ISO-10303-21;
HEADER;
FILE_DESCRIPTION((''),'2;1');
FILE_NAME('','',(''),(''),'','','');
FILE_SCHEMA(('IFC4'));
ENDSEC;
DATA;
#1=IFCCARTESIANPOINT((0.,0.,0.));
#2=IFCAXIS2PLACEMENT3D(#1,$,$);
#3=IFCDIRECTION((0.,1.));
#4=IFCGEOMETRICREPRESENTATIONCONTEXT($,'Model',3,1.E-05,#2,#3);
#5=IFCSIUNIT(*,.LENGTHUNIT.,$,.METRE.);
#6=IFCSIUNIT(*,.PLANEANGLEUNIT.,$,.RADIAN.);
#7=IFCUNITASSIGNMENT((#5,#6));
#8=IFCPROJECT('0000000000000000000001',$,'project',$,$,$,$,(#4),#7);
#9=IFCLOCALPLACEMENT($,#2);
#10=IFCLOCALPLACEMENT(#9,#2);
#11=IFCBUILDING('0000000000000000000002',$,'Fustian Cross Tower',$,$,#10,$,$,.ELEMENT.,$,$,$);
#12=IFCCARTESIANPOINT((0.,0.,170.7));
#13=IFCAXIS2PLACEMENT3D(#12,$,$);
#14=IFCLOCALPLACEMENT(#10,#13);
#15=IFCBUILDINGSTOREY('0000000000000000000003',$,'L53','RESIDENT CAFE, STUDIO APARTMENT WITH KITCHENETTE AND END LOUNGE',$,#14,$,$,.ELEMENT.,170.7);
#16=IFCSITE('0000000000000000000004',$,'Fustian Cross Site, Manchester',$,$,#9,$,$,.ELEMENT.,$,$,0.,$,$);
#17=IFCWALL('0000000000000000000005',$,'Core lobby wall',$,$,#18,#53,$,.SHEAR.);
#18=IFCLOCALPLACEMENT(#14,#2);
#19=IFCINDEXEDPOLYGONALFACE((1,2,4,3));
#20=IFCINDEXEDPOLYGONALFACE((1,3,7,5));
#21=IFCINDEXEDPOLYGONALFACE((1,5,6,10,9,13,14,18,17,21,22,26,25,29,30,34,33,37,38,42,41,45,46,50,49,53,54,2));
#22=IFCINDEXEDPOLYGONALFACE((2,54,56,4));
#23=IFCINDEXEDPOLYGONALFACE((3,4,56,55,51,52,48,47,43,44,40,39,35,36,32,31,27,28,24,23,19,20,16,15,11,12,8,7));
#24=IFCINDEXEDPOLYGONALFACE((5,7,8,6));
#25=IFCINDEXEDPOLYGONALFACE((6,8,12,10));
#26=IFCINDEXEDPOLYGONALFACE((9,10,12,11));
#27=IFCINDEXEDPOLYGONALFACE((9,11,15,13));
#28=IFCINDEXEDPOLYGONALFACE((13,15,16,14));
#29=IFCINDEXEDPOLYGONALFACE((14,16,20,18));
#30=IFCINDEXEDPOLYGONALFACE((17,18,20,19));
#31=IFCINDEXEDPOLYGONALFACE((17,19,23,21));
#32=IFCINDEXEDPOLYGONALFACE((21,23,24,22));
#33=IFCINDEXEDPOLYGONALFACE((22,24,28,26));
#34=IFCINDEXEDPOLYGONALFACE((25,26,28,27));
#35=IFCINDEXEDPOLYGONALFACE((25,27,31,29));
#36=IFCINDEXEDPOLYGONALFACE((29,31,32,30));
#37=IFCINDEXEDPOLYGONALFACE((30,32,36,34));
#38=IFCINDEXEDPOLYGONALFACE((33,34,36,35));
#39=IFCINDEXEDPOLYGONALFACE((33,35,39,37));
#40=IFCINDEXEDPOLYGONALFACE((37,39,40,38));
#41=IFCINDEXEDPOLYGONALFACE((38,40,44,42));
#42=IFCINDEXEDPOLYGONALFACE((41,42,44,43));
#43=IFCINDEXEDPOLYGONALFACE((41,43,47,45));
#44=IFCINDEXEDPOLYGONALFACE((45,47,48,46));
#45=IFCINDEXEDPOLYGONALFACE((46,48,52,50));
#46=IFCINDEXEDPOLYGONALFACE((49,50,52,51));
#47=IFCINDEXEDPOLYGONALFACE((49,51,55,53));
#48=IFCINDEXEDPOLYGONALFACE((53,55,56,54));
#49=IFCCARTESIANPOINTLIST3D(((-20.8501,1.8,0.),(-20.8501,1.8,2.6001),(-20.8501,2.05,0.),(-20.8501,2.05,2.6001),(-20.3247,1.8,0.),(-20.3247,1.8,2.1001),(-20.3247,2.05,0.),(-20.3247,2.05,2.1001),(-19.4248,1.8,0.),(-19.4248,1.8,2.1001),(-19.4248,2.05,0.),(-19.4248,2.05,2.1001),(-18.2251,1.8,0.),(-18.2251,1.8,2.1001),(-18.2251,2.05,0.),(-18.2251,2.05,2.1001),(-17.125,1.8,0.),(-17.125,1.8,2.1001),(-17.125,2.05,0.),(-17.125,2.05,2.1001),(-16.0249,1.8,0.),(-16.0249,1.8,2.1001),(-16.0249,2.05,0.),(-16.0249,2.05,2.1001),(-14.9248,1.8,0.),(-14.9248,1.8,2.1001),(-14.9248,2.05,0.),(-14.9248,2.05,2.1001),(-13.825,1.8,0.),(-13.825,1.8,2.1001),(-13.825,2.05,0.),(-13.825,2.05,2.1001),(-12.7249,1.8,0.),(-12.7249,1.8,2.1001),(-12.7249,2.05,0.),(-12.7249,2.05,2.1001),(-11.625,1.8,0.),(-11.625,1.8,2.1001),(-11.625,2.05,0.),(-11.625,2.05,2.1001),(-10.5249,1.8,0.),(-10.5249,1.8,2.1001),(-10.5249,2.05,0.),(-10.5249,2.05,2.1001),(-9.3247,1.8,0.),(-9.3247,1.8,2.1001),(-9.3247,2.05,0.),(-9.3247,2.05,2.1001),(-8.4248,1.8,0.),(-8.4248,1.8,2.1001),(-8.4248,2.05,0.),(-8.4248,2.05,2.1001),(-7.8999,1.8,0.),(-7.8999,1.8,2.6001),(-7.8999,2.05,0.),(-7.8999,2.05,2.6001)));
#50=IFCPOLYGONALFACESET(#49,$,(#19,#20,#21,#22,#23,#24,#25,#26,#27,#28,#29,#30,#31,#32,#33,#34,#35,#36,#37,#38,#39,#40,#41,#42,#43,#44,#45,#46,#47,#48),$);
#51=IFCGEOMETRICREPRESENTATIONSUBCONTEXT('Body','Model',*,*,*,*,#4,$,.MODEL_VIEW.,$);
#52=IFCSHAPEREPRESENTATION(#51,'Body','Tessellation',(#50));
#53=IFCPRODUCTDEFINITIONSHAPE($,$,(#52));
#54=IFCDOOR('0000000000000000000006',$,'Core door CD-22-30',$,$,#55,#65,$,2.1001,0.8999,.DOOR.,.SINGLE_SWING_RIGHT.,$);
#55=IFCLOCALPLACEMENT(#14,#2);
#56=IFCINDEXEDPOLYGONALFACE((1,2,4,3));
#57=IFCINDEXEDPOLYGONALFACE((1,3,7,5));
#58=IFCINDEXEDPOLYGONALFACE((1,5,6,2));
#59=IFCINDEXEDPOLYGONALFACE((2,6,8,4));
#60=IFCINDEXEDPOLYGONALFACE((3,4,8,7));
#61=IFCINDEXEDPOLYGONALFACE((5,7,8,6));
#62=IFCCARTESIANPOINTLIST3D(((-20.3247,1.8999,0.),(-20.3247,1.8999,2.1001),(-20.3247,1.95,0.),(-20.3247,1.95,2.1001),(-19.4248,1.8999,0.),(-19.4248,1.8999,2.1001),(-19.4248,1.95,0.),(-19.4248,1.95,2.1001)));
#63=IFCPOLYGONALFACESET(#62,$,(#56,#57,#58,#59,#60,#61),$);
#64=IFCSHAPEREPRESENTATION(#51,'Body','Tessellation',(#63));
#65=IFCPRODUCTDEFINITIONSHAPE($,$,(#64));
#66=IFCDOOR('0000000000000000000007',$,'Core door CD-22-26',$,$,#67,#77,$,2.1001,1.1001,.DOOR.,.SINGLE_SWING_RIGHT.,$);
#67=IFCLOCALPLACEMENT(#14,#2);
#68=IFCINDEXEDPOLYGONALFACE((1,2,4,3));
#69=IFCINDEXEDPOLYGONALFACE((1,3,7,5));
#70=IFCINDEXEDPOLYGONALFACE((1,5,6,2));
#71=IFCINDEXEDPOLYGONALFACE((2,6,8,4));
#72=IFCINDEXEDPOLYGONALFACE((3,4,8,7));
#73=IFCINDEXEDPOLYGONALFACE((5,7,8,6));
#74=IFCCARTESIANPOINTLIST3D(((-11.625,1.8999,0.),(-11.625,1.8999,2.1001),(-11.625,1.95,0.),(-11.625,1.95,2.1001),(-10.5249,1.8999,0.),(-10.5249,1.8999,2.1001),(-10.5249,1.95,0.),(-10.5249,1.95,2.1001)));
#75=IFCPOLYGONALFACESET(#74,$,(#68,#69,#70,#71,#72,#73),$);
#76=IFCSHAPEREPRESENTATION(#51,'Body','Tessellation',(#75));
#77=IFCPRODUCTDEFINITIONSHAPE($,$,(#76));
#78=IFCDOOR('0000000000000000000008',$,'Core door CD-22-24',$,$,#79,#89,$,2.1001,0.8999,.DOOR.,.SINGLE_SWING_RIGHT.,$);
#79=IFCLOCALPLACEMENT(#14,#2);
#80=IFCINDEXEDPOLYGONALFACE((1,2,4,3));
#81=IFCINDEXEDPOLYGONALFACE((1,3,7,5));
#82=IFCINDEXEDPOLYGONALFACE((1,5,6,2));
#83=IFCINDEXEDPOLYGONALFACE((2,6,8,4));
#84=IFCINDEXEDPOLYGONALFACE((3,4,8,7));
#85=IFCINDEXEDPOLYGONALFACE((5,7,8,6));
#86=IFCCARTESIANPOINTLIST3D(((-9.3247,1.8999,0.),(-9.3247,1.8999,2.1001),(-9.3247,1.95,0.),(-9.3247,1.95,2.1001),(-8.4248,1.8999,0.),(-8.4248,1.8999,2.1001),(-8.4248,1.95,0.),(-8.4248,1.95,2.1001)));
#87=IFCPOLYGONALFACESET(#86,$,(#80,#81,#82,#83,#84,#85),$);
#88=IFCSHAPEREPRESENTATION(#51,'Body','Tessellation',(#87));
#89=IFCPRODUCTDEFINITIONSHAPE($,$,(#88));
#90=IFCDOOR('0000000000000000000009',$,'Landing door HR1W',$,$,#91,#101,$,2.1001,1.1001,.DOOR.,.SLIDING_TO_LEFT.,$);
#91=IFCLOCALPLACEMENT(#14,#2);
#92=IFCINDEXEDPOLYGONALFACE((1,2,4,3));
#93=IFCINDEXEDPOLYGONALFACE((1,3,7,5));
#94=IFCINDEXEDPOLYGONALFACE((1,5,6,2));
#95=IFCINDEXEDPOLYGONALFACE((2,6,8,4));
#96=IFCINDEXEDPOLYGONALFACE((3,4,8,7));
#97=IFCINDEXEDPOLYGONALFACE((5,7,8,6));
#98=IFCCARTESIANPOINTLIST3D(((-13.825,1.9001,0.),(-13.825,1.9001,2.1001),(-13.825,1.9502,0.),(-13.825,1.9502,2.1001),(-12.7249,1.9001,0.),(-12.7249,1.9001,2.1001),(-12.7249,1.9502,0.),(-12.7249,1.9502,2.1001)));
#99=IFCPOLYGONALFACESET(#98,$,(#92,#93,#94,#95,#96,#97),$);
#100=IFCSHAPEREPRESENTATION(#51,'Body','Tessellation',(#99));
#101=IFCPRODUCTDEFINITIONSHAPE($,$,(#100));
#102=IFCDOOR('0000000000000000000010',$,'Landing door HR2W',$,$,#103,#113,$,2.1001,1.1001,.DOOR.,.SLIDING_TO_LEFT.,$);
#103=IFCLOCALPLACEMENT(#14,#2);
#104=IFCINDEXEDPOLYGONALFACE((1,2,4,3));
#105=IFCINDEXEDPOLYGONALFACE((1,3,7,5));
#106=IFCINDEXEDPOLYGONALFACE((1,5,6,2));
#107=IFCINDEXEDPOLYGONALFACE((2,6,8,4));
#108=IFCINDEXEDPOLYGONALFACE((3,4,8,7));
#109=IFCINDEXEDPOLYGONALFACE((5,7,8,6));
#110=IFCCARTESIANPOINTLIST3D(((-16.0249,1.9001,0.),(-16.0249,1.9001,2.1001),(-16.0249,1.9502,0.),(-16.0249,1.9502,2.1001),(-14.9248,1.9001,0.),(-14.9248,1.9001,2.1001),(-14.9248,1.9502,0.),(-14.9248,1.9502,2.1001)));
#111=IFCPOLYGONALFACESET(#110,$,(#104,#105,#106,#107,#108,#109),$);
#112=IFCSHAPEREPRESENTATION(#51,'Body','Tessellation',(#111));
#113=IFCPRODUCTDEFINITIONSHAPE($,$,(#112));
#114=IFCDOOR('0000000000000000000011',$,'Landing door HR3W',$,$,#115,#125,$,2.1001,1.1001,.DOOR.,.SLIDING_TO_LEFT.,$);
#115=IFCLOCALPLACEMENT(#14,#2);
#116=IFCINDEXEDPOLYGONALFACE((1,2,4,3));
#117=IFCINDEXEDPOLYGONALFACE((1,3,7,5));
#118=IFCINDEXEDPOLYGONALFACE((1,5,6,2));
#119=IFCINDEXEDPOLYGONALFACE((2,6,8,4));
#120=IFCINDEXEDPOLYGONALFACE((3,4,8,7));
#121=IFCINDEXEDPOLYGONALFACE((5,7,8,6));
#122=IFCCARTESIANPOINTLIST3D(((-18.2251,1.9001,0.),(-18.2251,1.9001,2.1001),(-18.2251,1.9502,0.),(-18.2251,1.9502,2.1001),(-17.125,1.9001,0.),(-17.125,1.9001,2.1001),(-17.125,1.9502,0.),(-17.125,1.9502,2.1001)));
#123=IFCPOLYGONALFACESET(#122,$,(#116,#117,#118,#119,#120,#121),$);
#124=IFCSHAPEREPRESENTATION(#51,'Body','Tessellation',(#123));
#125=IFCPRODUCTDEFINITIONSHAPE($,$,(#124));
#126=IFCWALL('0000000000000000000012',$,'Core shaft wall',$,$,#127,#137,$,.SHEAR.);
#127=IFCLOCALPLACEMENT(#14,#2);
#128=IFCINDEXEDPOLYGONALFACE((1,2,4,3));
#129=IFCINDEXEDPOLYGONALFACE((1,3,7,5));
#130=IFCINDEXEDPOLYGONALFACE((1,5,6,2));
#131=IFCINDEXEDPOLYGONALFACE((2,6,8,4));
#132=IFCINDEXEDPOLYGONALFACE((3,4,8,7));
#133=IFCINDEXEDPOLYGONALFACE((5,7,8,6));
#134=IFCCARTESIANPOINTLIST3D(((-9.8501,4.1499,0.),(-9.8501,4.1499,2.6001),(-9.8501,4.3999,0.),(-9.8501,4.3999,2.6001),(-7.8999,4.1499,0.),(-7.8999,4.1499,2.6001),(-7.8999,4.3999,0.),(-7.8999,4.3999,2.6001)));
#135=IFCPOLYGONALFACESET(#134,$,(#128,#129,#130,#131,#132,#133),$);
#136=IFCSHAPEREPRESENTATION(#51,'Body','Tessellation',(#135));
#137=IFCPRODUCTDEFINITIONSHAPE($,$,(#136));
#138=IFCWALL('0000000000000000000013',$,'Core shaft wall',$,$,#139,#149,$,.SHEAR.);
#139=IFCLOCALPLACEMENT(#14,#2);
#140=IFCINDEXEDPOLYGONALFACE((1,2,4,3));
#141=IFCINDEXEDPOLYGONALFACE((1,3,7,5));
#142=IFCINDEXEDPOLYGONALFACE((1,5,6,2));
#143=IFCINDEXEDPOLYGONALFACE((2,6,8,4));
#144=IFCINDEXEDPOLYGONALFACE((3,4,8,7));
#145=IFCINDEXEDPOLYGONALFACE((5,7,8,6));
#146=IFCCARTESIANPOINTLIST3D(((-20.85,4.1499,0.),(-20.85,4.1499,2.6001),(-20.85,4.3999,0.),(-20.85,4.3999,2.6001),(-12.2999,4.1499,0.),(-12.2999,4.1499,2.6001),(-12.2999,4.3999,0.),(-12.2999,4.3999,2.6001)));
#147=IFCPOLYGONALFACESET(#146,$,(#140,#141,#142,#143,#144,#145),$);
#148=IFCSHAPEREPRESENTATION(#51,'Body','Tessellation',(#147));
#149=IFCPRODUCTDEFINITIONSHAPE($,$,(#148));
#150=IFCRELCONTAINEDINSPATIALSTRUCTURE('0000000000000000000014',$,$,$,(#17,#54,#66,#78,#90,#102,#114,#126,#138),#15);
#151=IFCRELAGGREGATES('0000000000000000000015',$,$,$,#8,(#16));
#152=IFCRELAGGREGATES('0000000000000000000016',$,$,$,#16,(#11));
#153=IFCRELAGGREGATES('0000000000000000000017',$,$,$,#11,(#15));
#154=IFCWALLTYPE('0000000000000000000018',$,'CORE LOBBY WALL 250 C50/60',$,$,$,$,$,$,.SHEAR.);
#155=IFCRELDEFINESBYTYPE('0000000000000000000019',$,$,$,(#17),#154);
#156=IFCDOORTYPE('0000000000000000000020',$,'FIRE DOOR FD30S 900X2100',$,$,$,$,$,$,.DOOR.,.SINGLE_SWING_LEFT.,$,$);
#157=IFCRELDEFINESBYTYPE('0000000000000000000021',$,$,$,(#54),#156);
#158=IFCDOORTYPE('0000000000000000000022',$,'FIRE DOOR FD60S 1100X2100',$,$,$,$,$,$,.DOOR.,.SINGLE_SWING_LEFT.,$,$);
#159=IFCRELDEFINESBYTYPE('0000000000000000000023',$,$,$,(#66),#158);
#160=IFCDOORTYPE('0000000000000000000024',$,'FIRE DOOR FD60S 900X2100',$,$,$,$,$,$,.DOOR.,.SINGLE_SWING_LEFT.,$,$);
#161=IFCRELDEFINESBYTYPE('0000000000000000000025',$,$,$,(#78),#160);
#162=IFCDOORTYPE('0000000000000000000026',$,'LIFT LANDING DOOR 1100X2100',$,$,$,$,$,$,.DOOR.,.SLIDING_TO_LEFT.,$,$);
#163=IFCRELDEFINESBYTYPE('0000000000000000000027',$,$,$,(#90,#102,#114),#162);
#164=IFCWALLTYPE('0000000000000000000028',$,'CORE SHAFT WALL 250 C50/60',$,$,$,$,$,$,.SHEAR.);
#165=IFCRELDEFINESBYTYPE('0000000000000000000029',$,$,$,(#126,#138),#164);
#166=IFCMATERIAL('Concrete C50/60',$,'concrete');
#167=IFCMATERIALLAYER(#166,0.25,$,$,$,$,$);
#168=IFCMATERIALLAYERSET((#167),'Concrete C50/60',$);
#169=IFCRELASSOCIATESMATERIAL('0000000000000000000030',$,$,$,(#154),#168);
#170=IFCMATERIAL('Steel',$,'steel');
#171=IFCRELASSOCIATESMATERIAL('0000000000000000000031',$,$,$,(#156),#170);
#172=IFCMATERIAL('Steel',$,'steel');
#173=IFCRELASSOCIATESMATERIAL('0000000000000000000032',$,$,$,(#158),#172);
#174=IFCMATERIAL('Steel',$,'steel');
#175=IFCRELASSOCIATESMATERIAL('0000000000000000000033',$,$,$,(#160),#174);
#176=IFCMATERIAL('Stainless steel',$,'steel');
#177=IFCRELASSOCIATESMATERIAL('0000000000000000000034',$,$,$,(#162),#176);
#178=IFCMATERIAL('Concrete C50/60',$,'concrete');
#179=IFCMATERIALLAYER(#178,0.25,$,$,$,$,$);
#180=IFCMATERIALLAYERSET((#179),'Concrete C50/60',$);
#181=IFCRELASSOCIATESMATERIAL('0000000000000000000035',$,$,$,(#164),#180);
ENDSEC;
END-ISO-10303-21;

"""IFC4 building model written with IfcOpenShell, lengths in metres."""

from ifc_helpers import new_model, si_unit, direction, frame, frame_2d, origin, place, context, subcontext, project, spatial, rectangle, extrude, material, layer, layer_set, type_object, element, fill, save


model = new_model("IFC4")

# Units and contexts
model_context = context("Model", 3, precision=1e-05, world=origin(), true_north=direction((0.0, 1.0)))
body_context = subcontext(model_context, "Body", "Model", "MODEL_VIEW")
ifc_project = project(units=[si_unit("LENGTHUNIT", "METRE"), si_unit("PLANEANGLEUNIT", "RADIAN")], contexts=[model_context])

# Site, building, storey
site_placement = place(None, origin())
site = spatial("IfcSite", under=ifc_project, at=site_placement, Name="Fustian Cross Site, Manchester", CompositionType="ELEMENT", RefElevation=0.0)
building_placement = place(site_placement, origin())
building = spatial("IfcBuilding", under=site, at=building_placement, Name="Fustian Cross Tower", CompositionType="ELEMENT")
storey_placement = place(building_placement, frame((0.0, 0.0, 170.7)))
storey = spatial("IfcBuildingStorey", under=building, at=storey_placement, Name="L53", Description="RESIDENT CAFE, STUDIO APARTMENT WITH KITCHENETTE AND END LOUNGE", CompositionType="ELEMENT", Elevation=170.7)

# Wall, openings, doors
ifc_material_1 = material(Name="Concrete C50/60", Category="concrete")
ifc_layer_1 = layer(ifc_material_1, 0.25)
ifc_layer_set_1 = layer_set([ifc_layer_1], Name="Concrete C50/60")
wall_type_1 = type_object("IfcWallType", Name="CORE LOBBY WALL 250 C50/60", PredefinedType="SHEAR", material=ifc_layer_set_1)
wall_1_placement = place(storey_placement, frame((-7.8999, 1.925, 0.0), z_axis=(0.0, 0.0, 1.0), x_axis=(-1.0, 0.0, 0.0)))
wall_1 = element("IfcWall", 1, at=wall_1_placement, inside=storey, type_object=wall_type_1, Name="Core lobby wall", PredefinedType="SHEAR", context=body_context, shape_type="SweptSolid", body=[
    extrude(rectangle(XDim=12.9502, YDim=0.25, at=frame_2d((6.4751, 0.0))), origin(), (0.0, 0.0, 1.0), 2.6001),
])
opening_1_placement = place(wall_1_placement, frame((4.825, 0.0, 0.0)))
opening_1 = element("IfcOpeningElement", 2, at=opening_1_placement, cuts=wall_1, PredefinedType="OPENING", context=body_context, shape_type="SweptSolid", body=[
    extrude(rectangle(XDim=1.1001, YDim=2.1001, at=frame_2d((0.55, 1.05))), frame((0.0, 0.135, 0.0), z_axis=(0.0, -1.0, 0.0), x_axis=(1.0, 0.0, 0.0)), (0.0, 0.0, 1.0), 0.27),
])
opening_2_placement = place(wall_1_placement, frame((7.0249, 0.0, 0.0)))
opening_2 = element("IfcOpeningElement", 3, at=opening_2_placement, cuts=wall_1, PredefinedType="OPENING", context=body_context, shape_type="SweptSolid", body=[
    extrude(rectangle(XDim=1.1001, YDim=2.1001, at=frame_2d((0.55, 1.05))), frame((0.0, 0.135, 0.0), z_axis=(0.0, -1.0, 0.0), x_axis=(1.0, 0.0, 0.0)), (0.0, 0.0, 1.0), 0.27),
])
opening_3_placement = place(wall_1_placement, frame((9.2251, 0.0, 0.0)))
opening_3 = element("IfcOpeningElement", 4, at=opening_3_placement, cuts=wall_1, PredefinedType="OPENING", context=body_context, shape_type="SweptSolid", body=[
    extrude(rectangle(XDim=1.1001, YDim=2.1001, at=frame_2d((0.55, 1.05))), frame((0.0, 0.135, 0.0), z_axis=(0.0, -1.0, 0.0), x_axis=(1.0, 0.0, 0.0)), (0.0, 0.0, 1.0), 0.27),
])
opening_4_placement = place(wall_1_placement, frame((0.5249, 0.0, 0.0)))
opening_4 = element("IfcOpeningElement", 5, at=opening_4_placement, cuts=wall_1, PredefinedType="OPENING", context=body_context, shape_type="SweptSolid", body=[
    extrude(rectangle(XDim=0.8999, YDim=2.1001, at=frame_2d((0.45, 1.05))), frame((0.0, 0.135, 0.0), z_axis=(0.0, -1.0, 0.0), x_axis=(1.0, 0.0, 0.0)), (0.0, 0.0, 1.0), 0.27),
])
opening_5_placement = place(wall_1_placement, frame((2.625, 0.0, 0.0)))
opening_5 = element("IfcOpeningElement", 6, at=opening_5_placement, cuts=wall_1, PredefinedType="OPENING", context=body_context, shape_type="SweptSolid", body=[
    extrude(rectangle(XDim=1.1001, YDim=2.1001, at=frame_2d((0.55, 1.05))), frame((0.0, 0.135, 0.0), z_axis=(0.0, -1.0, 0.0), x_axis=(1.0, 0.0, 0.0)), (0.0, 0.0, 1.0), 0.27),
])
opening_6_placement = place(wall_1_placement, frame((11.5249, 0.0, 0.0)))
opening_6 = element("IfcOpeningElement", 7, at=opening_6_placement, cuts=wall_1, PredefinedType="OPENING", context=body_context, shape_type="SweptSolid", body=[
    extrude(rectangle(XDim=0.8999, YDim=2.1001, at=frame_2d((0.45, 1.05))), frame((0.0, 0.135, 0.0), z_axis=(0.0, -1.0, 0.0), x_axis=(1.0, 0.0, 0.0)), (0.0, 0.0, 1.0), 0.27),
])
ifc_material_2 = material(Name="Steel", Category="steel")
door_type_1 = type_object("IfcDoorType", Name="FIRE DOOR FD30S 900X2100", OperationType="SINGLE_SWING_LEFT", PredefinedType="DOOR", material=ifc_material_2)
door_1_placement = place(opening_6_placement, frame((0.8999, 0.0, 0.0), z_axis=(0.0, 0.0, 1.0), x_axis=(-1.0, 0.0, 0.0)))
door_1 = element("IfcDoor", 8, at=door_1_placement, inside=storey, type_object=door_type_1, Name="Core door CD-22-30", OperationType="SINGLE_SWING_RIGHT", OverallHeight=2.1001, OverallWidth=0.8999, PredefinedType="DOOR", context=body_context, shape_type="SweptSolid", body=[
    extrude(rectangle(XDim=0.8999, YDim=2.1001, at=frame_2d((0.45, 1.05))), frame((0.0, 0.0249, 0.0), z_axis=(0.0, -1.0, 0.0), x_axis=(1.0, 0.0, 0.0)), (0.0, 0.0, 1.0), 0.05),
])
fill(opening_6, door_1)
ifc_material_3 = material(Name="Steel", Category="steel")
door_type_2 = type_object("IfcDoorType", Name="FIRE DOOR FD60S 1100X2100", OperationType="SINGLE_SWING_LEFT", PredefinedType="DOOR", material=ifc_material_3)
door_2_placement = place(opening_5_placement, frame((1.1001, 0.0, 0.0), z_axis=(0.0, 0.0, 1.0), x_axis=(-1.0, 0.0, 0.0)))
door_2 = element("IfcDoor", 9, at=door_2_placement, inside=storey, type_object=door_type_2, Name="Core door CD-22-26", OperationType="SINGLE_SWING_RIGHT", OverallHeight=2.1001, OverallWidth=1.1001, PredefinedType="DOOR", context=body_context, shape_type="SweptSolid", body=[
    extrude(rectangle(XDim=1.1001, YDim=2.1001, at=frame_2d((0.55, 1.05))), frame((0.0, 0.0249, 0.0), z_axis=(0.0, -1.0, 0.0), x_axis=(1.0, 0.0, 0.0)), (0.0, 0.0, 1.0), 0.05),
])
fill(opening_5, door_2)
ifc_material_4 = material(Name="Steel", Category="steel")
door_type_3 = type_object("IfcDoorType", Name="FIRE DOOR FD60S 900X2100", OperationType="SINGLE_SWING_LEFT", PredefinedType="DOOR", material=ifc_material_4)
door_3_placement = place(opening_4_placement, frame((0.8999, 0.0, 0.0), z_axis=(0.0, 0.0, 1.0), x_axis=(-1.0, 0.0, 0.0)))
door_3 = element("IfcDoor", 10, at=door_3_placement, inside=storey, type_object=door_type_3, Name="Core door CD-22-24", OperationType="SINGLE_SWING_RIGHT", OverallHeight=2.1001, OverallWidth=0.8999, PredefinedType="DOOR", context=body_context, shape_type="SweptSolid", body=[
    extrude(rectangle(XDim=0.8999, YDim=2.1001, at=frame_2d((0.45, 1.05))), frame((0.0, 0.0249, 0.0), z_axis=(0.0, -1.0, 0.0), x_axis=(1.0, 0.0, 0.0)), (0.0, 0.0, 1.0), 0.05),
])
fill(opening_4, door_3)
ifc_material_5 = material(Name="Stainless steel", Category="steel")
door_type_4 = type_object("IfcDoorType", Name="LIFT LANDING DOOR 1100X2100", OperationType="SLIDING_TO_LEFT", PredefinedType="DOOR", material=ifc_material_5)
door_4_placement = place(opening_1_placement, origin())
door_4 = element("IfcDoor", 11, at=door_4_placement, inside=storey, type_object=door_type_4, Name="Landing door HR1W", OperationType="SLIDING_TO_LEFT", OverallHeight=2.1001, OverallWidth=1.1001, PredefinedType="DOOR", context=body_context, shape_type="SweptSolid", body=[
    extrude(rectangle(XDim=1.1001, YDim=2.1001, at=frame_2d((0.55, 1.05))), frame((0.0, 0.0249, 0.0), z_axis=(0.0, -1.0, 0.0), x_axis=(1.0, 0.0, 0.0)), (0.0, 0.0, 1.0), 0.05),
])
fill(opening_1, door_4)
door_5_placement = place(opening_2_placement, origin())
door_5 = element("IfcDoor", 12, at=door_5_placement, inside=storey, type_object=door_type_4, Name="Landing door HR2W", OperationType="SLIDING_TO_LEFT", OverallHeight=2.1001, OverallWidth=1.1001, PredefinedType="DOOR", context=body_context, shape_type="SweptSolid", body=[
    extrude(rectangle(XDim=1.1001, YDim=2.1001, at=frame_2d((0.55, 1.05))), frame((0.0, 0.0249, 0.0), z_axis=(0.0, -1.0, 0.0), x_axis=(1.0, 0.0, 0.0)), (0.0, 0.0, 1.0), 0.05),
])
fill(opening_2, door_5)
door_6_placement = place(opening_3_placement, origin())
door_6 = element("IfcDoor", 13, at=door_6_placement, inside=storey, type_object=door_type_4, Name="Landing door HR3W", OperationType="SLIDING_TO_LEFT", OverallHeight=2.1001, OverallWidth=1.1001, PredefinedType="DOOR", context=body_context, shape_type="SweptSolid", body=[
    extrude(rectangle(XDim=1.1001, YDim=2.1001, at=frame_2d((0.55, 1.05))), frame((0.0, 0.0249, 0.0), z_axis=(0.0, -1.0, 0.0), x_axis=(1.0, 0.0, 0.0)), (0.0, 0.0, 1.0), 0.05),
])
fill(opening_3, door_6)

# Walls
ifc_material_6 = material(Name="Concrete C50/60", Category="concrete")
ifc_layer_2 = layer(ifc_material_6, 0.25)
ifc_layer_set_2 = layer_set([ifc_layer_2], Name="Concrete C50/60")
wall_type_2 = type_object("IfcWallType", Name="CORE SHAFT WALL 250 C50/60", PredefinedType="SHEAR", material=ifc_layer_set_2)
wall_2_placement = place(storey_placement, frame((-7.8999, 4.2749, 0.0), z_axis=(0.0, 0.0, 1.0), x_axis=(-1.0, 0.0, 0.0)))
element("IfcWall", 14, at=wall_2_placement, inside=storey, type_object=wall_type_2, Name="Core shaft wall", PredefinedType="SHEAR", context=body_context, shape_type="SweptSolid", body=[
    extrude(rectangle(XDim=1.9502, YDim=0.25, at=frame_2d((0.9751, 0.0))), origin(), (0.0, 0.0, 1.0), 2.6001),
])
wall_3_placement = place(storey_placement, frame((-12.3, 4.2749, 0.0), z_axis=(0.0, 0.0, 1.0), x_axis=(-1.0, 0.0, 0.0)))
element("IfcWall", 15, at=wall_3_placement, inside=storey, type_object=wall_type_2, Name="Core shaft wall", PredefinedType="SHEAR", context=body_context, shape_type="SweptSolid", body=[
    extrude(rectangle(XDim=8.55, YDim=0.25, at=frame_2d((4.2749, 0.0))), origin(), (0.0, 0.0, 1.0), 2.6001),
])

save(model, "model.ifc")
